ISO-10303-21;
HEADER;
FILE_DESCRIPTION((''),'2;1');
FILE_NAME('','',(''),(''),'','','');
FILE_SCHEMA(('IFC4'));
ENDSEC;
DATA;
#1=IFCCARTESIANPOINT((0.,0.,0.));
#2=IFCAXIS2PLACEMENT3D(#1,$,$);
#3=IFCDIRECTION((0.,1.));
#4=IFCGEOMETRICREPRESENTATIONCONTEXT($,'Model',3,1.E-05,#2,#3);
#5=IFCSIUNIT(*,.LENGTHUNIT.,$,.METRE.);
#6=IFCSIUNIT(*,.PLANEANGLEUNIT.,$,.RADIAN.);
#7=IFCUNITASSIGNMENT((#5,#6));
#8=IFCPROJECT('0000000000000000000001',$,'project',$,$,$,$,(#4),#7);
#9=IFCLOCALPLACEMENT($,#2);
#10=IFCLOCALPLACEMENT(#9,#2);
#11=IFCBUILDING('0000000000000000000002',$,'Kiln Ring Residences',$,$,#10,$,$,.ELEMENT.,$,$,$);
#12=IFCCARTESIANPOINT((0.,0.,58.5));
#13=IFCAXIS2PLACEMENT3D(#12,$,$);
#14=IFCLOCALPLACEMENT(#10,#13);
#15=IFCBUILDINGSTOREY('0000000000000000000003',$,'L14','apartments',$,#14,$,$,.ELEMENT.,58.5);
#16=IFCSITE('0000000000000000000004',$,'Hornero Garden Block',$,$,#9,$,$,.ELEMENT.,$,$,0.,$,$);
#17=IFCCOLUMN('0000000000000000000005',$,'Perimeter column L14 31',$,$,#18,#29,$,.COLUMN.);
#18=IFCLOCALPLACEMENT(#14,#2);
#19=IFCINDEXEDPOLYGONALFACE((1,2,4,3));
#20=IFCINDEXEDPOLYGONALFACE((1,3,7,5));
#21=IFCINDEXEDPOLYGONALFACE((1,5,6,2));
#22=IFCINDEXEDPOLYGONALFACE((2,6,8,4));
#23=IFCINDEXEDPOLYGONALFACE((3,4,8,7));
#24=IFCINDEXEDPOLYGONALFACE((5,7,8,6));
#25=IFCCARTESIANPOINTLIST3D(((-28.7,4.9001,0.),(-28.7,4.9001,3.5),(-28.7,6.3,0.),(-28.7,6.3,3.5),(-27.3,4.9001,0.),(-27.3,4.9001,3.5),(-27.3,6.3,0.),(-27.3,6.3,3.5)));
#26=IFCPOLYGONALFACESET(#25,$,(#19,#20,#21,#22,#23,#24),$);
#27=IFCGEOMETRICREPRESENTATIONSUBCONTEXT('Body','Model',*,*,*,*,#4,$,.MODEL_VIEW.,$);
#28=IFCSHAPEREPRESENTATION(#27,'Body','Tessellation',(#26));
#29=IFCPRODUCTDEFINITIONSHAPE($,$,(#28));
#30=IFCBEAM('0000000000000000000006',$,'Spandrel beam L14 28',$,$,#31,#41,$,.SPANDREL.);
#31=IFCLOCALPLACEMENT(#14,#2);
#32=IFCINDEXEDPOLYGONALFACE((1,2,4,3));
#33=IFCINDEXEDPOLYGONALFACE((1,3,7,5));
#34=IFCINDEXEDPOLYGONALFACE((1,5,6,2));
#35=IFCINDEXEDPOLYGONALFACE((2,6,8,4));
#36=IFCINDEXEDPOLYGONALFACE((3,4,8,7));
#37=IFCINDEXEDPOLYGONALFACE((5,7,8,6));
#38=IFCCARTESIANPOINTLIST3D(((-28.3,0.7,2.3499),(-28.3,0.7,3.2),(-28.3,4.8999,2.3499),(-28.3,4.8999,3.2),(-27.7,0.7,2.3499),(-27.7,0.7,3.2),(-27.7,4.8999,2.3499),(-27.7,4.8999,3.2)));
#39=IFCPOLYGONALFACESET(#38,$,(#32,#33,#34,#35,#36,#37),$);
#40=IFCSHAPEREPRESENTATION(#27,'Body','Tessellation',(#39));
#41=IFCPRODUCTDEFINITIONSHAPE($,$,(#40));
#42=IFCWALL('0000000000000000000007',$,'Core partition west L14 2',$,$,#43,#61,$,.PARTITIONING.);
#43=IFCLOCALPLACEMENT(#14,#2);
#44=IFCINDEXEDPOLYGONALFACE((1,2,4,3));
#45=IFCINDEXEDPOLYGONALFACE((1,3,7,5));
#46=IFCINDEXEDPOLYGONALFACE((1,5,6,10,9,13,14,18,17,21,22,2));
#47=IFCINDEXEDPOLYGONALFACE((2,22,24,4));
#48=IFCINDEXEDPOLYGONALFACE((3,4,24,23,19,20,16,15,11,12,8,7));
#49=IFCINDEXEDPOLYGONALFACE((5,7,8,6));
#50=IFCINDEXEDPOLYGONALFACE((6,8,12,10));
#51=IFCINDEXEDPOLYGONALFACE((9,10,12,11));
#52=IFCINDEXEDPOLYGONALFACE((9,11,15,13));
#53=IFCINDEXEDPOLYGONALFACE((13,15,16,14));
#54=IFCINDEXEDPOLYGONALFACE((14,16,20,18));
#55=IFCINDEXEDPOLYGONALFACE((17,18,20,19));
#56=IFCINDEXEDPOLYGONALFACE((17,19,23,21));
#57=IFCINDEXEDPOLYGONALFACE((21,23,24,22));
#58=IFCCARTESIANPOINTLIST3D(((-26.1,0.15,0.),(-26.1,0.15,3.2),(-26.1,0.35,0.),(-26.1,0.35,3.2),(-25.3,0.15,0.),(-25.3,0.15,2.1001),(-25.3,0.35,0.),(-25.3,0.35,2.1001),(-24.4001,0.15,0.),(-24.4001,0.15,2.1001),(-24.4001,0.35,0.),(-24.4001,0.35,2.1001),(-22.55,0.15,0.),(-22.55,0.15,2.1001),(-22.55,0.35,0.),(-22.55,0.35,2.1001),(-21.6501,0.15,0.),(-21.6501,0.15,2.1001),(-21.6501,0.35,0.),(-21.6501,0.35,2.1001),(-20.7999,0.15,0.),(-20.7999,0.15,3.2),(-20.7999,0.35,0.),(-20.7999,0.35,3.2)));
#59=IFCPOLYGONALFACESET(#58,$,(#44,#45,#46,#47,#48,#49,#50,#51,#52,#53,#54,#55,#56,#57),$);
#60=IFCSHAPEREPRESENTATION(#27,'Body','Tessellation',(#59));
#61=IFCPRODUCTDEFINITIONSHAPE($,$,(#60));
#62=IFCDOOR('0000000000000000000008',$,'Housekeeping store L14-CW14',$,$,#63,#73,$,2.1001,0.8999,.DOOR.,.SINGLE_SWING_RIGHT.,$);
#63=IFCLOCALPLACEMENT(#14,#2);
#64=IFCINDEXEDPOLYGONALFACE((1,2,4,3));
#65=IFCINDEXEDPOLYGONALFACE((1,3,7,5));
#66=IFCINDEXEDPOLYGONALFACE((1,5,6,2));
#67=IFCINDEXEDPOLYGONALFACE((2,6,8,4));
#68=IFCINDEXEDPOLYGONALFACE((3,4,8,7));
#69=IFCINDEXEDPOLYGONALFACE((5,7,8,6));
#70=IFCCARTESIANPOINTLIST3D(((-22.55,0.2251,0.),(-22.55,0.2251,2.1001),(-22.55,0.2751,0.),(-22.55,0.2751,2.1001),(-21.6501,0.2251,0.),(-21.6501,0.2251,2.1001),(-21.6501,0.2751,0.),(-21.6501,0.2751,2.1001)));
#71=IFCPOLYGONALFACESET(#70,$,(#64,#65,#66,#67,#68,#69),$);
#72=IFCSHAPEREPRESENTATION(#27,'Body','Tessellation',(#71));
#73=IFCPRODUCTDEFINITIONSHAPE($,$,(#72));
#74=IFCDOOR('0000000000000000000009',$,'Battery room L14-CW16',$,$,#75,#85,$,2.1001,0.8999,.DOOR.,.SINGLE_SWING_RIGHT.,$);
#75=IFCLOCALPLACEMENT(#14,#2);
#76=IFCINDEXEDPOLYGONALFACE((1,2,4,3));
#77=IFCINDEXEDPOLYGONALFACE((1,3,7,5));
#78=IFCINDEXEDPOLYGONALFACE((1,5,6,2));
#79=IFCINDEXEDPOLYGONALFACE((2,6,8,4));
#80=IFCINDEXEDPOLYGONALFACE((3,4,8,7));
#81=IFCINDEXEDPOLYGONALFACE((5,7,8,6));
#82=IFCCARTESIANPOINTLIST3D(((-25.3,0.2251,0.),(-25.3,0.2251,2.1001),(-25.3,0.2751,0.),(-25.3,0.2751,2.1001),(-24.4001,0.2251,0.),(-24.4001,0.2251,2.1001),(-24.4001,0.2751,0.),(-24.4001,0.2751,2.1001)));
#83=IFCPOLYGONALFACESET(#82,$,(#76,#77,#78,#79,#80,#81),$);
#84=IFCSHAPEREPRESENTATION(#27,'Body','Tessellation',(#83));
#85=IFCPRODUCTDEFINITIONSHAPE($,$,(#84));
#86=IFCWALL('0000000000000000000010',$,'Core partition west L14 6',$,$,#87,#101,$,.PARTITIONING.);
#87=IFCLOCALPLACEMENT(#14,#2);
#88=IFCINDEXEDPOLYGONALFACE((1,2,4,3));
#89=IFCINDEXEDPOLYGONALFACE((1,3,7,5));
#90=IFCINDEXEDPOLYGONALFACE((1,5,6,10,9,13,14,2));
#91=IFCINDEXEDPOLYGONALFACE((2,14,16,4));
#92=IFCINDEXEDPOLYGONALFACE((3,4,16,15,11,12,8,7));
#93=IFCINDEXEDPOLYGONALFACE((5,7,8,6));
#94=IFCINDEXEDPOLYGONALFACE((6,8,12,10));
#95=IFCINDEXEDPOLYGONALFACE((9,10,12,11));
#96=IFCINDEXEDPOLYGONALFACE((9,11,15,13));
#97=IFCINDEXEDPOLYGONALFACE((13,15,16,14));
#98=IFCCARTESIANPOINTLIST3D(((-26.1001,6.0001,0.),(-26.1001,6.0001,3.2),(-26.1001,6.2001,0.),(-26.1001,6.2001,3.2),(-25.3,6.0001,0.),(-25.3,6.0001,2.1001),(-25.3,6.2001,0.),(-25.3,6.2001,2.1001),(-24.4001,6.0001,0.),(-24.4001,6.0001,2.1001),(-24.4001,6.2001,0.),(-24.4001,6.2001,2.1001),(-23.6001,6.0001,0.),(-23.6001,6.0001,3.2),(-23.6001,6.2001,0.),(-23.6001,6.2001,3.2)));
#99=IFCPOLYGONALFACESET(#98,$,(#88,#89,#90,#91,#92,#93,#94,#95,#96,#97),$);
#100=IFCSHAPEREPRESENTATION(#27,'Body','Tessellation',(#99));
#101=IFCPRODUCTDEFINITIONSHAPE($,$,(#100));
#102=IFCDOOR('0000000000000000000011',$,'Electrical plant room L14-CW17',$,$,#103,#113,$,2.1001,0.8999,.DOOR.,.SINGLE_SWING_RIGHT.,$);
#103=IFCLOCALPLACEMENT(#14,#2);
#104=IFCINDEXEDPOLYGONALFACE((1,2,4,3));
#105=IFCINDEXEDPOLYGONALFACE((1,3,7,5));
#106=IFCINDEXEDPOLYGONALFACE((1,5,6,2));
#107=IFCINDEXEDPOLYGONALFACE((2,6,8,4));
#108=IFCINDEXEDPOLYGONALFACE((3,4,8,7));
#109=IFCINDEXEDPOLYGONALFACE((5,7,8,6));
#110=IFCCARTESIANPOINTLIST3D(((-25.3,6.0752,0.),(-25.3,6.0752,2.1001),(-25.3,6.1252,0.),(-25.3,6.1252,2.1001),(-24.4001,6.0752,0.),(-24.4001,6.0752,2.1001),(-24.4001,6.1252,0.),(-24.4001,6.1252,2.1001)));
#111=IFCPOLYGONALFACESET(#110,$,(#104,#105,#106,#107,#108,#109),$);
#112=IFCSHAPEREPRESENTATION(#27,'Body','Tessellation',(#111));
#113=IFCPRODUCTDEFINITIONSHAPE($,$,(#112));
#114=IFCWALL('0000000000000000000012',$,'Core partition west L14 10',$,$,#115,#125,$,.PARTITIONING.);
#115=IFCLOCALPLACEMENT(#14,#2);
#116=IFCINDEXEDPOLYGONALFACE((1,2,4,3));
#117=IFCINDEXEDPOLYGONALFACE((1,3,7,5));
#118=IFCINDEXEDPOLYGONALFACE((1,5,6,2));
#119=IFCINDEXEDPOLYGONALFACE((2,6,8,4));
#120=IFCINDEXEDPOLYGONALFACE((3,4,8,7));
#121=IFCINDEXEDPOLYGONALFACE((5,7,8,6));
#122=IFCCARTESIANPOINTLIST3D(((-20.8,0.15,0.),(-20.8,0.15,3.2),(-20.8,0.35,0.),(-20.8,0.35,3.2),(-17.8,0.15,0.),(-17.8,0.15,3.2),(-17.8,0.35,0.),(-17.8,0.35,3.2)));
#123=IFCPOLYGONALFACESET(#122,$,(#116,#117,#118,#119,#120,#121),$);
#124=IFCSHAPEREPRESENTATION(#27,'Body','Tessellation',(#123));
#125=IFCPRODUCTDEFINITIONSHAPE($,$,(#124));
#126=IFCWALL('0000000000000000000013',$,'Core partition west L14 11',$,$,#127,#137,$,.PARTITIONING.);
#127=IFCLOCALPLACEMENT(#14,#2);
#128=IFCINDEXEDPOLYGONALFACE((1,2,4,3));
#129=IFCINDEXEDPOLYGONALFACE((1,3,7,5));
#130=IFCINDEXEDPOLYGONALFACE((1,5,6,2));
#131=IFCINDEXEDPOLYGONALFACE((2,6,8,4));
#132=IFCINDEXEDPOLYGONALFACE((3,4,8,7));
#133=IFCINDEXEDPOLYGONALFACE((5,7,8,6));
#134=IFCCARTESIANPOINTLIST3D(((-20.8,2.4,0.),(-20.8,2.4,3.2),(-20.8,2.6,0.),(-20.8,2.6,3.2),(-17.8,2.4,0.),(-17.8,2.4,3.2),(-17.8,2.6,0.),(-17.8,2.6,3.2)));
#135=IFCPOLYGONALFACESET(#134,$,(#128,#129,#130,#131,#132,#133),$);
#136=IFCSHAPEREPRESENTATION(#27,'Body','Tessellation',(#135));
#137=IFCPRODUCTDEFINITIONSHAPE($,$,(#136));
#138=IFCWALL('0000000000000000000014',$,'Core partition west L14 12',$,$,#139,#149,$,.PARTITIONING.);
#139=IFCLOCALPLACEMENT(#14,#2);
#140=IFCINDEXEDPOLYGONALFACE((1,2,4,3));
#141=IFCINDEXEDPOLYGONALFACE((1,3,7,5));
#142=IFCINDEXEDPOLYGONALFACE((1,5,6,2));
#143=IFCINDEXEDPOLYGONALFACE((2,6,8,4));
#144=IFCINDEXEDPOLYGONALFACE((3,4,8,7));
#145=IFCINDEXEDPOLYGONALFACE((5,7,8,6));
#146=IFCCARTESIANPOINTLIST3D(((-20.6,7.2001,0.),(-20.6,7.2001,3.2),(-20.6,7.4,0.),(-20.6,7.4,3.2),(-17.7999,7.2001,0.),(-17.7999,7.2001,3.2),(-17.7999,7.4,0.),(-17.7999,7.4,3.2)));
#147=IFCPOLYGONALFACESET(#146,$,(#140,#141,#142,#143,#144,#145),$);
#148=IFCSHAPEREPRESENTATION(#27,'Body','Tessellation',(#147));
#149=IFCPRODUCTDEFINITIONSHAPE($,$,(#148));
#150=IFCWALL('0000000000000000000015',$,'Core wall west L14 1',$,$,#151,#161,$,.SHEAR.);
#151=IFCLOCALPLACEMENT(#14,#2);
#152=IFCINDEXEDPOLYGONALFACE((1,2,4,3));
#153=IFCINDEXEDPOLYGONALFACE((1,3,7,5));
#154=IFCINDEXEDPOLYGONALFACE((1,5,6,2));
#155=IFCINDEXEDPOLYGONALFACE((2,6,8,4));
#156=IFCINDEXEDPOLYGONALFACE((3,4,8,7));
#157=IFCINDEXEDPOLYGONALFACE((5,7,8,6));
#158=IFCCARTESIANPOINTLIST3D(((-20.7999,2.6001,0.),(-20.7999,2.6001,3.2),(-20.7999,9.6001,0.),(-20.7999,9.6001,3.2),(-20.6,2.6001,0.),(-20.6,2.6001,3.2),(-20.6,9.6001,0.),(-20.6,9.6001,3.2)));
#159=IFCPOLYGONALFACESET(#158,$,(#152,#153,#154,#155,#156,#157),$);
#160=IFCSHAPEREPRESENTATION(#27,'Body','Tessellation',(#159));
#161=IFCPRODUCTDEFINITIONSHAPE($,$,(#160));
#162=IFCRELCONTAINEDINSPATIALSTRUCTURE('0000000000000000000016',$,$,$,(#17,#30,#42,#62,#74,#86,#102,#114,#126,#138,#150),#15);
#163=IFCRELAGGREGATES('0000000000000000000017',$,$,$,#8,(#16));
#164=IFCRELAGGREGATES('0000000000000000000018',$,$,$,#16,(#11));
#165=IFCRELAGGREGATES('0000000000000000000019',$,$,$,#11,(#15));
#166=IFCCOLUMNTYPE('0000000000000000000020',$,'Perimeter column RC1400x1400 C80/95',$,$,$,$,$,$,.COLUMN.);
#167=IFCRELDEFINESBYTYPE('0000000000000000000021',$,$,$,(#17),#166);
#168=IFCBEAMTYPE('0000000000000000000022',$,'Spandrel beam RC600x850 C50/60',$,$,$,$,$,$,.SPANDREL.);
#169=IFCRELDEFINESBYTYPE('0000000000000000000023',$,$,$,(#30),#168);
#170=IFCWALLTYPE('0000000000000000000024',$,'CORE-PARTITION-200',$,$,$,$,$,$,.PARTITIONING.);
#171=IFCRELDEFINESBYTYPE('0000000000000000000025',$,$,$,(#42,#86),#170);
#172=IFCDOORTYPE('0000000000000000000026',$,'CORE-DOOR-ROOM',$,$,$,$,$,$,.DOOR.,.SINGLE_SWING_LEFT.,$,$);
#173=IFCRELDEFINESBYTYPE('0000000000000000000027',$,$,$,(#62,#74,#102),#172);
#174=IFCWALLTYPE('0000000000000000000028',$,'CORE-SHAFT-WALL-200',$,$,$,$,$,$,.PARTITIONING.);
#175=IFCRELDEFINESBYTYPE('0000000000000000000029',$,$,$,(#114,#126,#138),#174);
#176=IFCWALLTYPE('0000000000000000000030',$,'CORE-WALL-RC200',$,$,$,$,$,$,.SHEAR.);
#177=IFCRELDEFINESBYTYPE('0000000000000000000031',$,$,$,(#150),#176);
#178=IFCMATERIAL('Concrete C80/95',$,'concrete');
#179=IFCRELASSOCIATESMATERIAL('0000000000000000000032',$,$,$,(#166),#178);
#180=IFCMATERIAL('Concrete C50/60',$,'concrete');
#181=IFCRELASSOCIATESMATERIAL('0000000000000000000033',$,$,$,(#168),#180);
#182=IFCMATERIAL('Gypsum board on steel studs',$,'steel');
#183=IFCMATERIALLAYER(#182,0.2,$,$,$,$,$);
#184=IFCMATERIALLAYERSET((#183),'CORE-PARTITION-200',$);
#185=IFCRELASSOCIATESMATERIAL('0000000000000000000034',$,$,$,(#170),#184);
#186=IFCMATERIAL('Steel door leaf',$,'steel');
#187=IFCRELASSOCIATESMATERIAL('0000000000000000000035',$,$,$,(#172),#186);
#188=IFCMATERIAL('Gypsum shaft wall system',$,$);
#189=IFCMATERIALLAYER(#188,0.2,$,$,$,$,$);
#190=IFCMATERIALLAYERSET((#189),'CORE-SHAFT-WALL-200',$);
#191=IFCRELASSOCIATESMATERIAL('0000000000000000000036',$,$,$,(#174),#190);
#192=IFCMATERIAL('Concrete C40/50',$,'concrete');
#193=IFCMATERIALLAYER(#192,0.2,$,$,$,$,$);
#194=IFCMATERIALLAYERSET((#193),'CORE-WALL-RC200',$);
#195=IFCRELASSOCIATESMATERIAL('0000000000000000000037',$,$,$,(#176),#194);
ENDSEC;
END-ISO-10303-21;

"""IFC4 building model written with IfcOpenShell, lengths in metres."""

from ifc_helpers import new_model, si_unit, direction, frame, frame_2d, origin, origin_2d, place, context, subcontext, project, spatial, rectangle, extrude, material, layer, layer_set, material_profile, profile_set, type_object, element, fill, save


model = new_model("IFC4")

# Units and contexts
model_context = context("Model", 3, precision=1e-05, world=origin(), true_north=direction((0.0, 1.0)))
body_context = subcontext(model_context, "Body", "Model", "MODEL_VIEW")
ifc_project = project(units=[si_unit("LENGTHUNIT", "METRE"), si_unit("PLANEANGLEUNIT", "RADIAN")], contexts=[model_context])

# Site, building, storey
site_placement = place(None, origin())
site = spatial("IfcSite", under=ifc_project, at=site_placement, Name="Hornero Garden Block", CompositionType="ELEMENT", RefElevation=0.0)
building_placement = place(site_placement, origin())
building = spatial("IfcBuilding", under=site, at=building_placement, Name="Kiln Ring Residences", CompositionType="ELEMENT")
storey_placement = place(building_placement, frame((0.0, 0.0, 58.5)))
storey = spatial("IfcBuildingStorey", under=building, at=storey_placement, Name="L14", Description="apartments", CompositionType="ELEMENT", Elevation=58.5)

# Column
ifc_material_1 = material(Name="Concrete C80/95", Category="concrete")
ifc_material_profile_1 = material_profile(ifc_material_1, rectangle(XDim=1.3999, YDim=1.3999, at=origin_2d()), Name="RC1400x1400")
ifc_profile_set_1 = profile_set([ifc_material_profile_1], Name="Concrete C80/95")
column_type = type_object("IfcColumnType", Name="Perimeter column RC1400x1400 C80/95", PredefinedType="COLUMN", material=ifc_profile_set_1)
column_placement = place(storey_placement, frame((-28.0, 5.6001, 0.0), z_axis=(0.0, 0.0, 1.0), x_axis=(1.0, 0.0, 0.0)))
element("IfcColumn", 1, at=column_placement, inside=storey, type_object=column_type, Name="Perimeter column L14 31", PredefinedType="COLUMN", context=body_context, shape_type="SweptSolid", body=[
    extrude(rectangle(XDim=1.3999, YDim=1.3999, at=origin_2d()), origin(), (0.0, 0.0, 1.0), 3.5),
])

# Beam
ifc_material_2 = material(Name="Concrete C50/60", Category="concrete")
ifc_material_profile_2 = material_profile(ifc_material_2, rectangle(XDim=0.6001, YDim=0.8501, at=origin_2d()), Name="RC600x850")
ifc_profile_set_2 = profile_set([ifc_material_profile_2], Name="Concrete C50/60")
beam_type = type_object("IfcBeamType", Name="Spandrel beam RC600x850 C50/60", PredefinedType="SPANDREL", material=ifc_profile_set_2)
beam_placement = place(storey_placement, frame((-28.0, 4.8999, 2.7749), z_axis=(0.0, -1.0, 0.0), x_axis=(1.0, 0.0, 0.0)))
element("IfcBeam", 2, at=beam_placement, inside=storey, type_object=beam_type, Name="Spandrel beam L14 28", PredefinedType="SPANDREL", context=body_context, shape_type="SweptSolid", body=[
    extrude(rectangle(XDim=0.6001, YDim=0.8501, at=origin_2d()), origin(), (0.0, 0.0, 1.0), 4.2),
])

# Wall, openings, doors
ifc_material_3 = material(Name="Gypsum board on steel studs", Category="steel")
ifc_layer_1 = layer(ifc_material_3, 0.2)
ifc_layer_set_1 = layer_set([ifc_layer_1], Name="CORE-PARTITION-200")
wall_type_1 = type_object("IfcWallType", Name="CORE-PARTITION-200", PredefinedType="PARTITIONING", material=ifc_layer_set_1)
wall_1_placement = place(storey_placement, frame((-20.8, 0.25, 0.0), z_axis=(0.0, 0.0, 1.0), x_axis=(-1.0, 0.0, 0.0)))
wall_1 = element("IfcWall", 3, at=wall_1_placement, inside=storey, type_object=wall_type_1, Name="Core partition west L14 2", PredefinedType="PARTITIONING", context=body_context, shape_type="SweptSolid", body=[
    extrude(rectangle(XDim=5.3, YDim=0.2, at=frame_2d((2.6499, 0.0))), origin(), (0.0, 0.0, 1.0), 3.2),
])
opening_1_placement = place(wall_1_placement, frame((0.8501, 0.0, 0.0)))
opening_1 = element("IfcOpeningElement", 4, at=opening_1_placement, cuts=wall_1, PredefinedType="OPENING", context=body_context, shape_type="SweptSolid", body=[
    extrude(rectangle(XDim=0.8999, YDim=2.1001, at=frame_2d((0.45, 1.05))), frame((0.0, 0.1099, 0.0), z_axis=(0.0, -1.0, 0.0), x_axis=(1.0, 0.0, 0.0)), (0.0, 0.0, 1.0), 0.22),
])
opening_2_placement = place(wall_1_placement, frame((3.6001, 0.0, 0.0)))
opening_2 = element("IfcOpeningElement", 5, at=opening_2_placement, cuts=wall_1, PredefinedType="OPENING", context=body_context, shape_type="SweptSolid", body=[
    extrude(rectangle(XDim=0.8999, YDim=2.1001, at=frame_2d((0.45, 1.05))), frame((0.0, 0.1099, 0.0), z_axis=(0.0, -1.0, 0.0), x_axis=(1.0, 0.0, 0.0)), (0.0, 0.0, 1.0), 0.22),
])
ifc_material_4 = material(Name="Steel door leaf", Category="steel")
door_type_1 = type_object("IfcDoorType", Name="CORE-DOOR-ROOM", OperationType="SINGLE_SWING_LEFT", PredefinedType="DOOR", material=ifc_material_4)
door_1_placement = place(opening_1_placement, origin())
door_1 = element("IfcDoor", 6, at=door_1_placement, inside=storey, type_object=door_type_1, Name="Housekeeping store L14-CW14", OperationType="SINGLE_SWING_RIGHT", OverallHeight=2.1001, OverallWidth=0.8999, PredefinedType="DOOR", context=body_context, shape_type="SweptSolid", body=[
    extrude(rectangle(XDim=0.8999, YDim=2.1001, at=frame_2d((0.45, 1.05))), frame((0.0, 0.0249, 0.0), z_axis=(0.0, -1.0, 0.0), x_axis=(1.0, 0.0, 0.0)), (0.0, 0.0, 1.0), 0.05),
])
fill(opening_1, door_1)
door_2_placement = place(opening_2_placement, origin())
door_2 = element("IfcDoor", 7, at=door_2_placement, inside=storey, type_object=door_type_1, Name="Battery room L14-CW16", OperationType="SINGLE_SWING_RIGHT", OverallHeight=2.1001, OverallWidth=0.8999, PredefinedType="DOOR", context=body_context, shape_type="SweptSolid", body=[
    extrude(rectangle(XDim=0.8999, YDim=2.1001, at=frame_2d((0.45, 1.05))), frame((0.0, 0.0249, 0.0), z_axis=(0.0, -1.0, 0.0), x_axis=(1.0, 0.0, 0.0)), (0.0, 0.0, 1.0), 0.05),
])
fill(opening_2, door_2)

# Wall, opening, door
wall_2_placement = place(storey_placement, frame((-23.6001, 6.1001, 0.0), z_axis=(0.0, 0.0, 1.0), x_axis=(-1.0, 0.0, 0.0)))
wall_2 = element("IfcWall", 8, at=wall_2_placement, inside=storey, type_object=wall_type_1, Name="Core partition west L14 6", PredefinedType="PARTITIONING", context=body_context, shape_type="SweptSolid", body=[
    extrude(rectangle(XDim=2.5, YDim=0.2, at=frame_2d((1.25, 0.0))), origin(), (0.0, 0.0, 1.0), 3.2),
])
opening_3_placement = place(wall_2_placement, frame((0.8, 0.0, 0.0)))
opening_3 = element("IfcOpeningElement", 9, at=opening_3_placement, cuts=wall_2, PredefinedType="OPENING", context=body_context, shape_type="SweptSolid", body=[
    extrude(rectangle(XDim=0.8999, YDim=2.1001, at=frame_2d((0.45, 1.05))), frame((0.0, 0.1099, 0.0), z_axis=(0.0, -1.0, 0.0), x_axis=(1.0, 0.0, 0.0)), (0.0, 0.0, 1.0), 0.22),
])
door_3_placement = place(opening_3_placement, origin())
door_3 = element("IfcDoor", 10, at=door_3_placement, inside=storey, type_object=door_type_1, Name="Electrical plant room L14-CW17", OperationType="SINGLE_SWING_RIGHT", OverallHeight=2.1001, OverallWidth=0.8999, PredefinedType="DOOR", context=body_context, shape_type="SweptSolid", body=[
    extrude(rectangle(XDim=0.8999, YDim=2.1001, at=frame_2d((0.45, 1.05))), frame((0.0, 0.0249, 0.0), z_axis=(0.0, -1.0, 0.0), x_axis=(1.0, 0.0, 0.0)), (0.0, 0.0, 1.0), 0.05),
])
fill(opening_3, door_3)

# Walls
ifc_material_5 = material(Name="Gypsum shaft wall system")
ifc_layer_2 = layer(ifc_material_5, 0.2)
ifc_layer_set_2 = layer_set([ifc_layer_2], Name="CORE-SHAFT-WALL-200")
wall_type_2 = type_object("IfcWallType", Name="CORE-SHAFT-WALL-200", PredefinedType="PARTITIONING", material=ifc_layer_set_2)
for number, where, z_axis, x_axis, name in (
    (11, (-17.8, 0.25, 0.0), (0.0, 0.0, 1.0), (-1.0, 0.0, 0.0), "Core partition west L14 10"),
    (12, (-17.8, 2.5, 0.0), (0.0, 0.0, 1.0), (-1.0, 0.0, 0.0), "Core partition west L14 11"),
):
    element("IfcWall", number, at=place(storey_placement, frame(where, z_axis=z_axis, x_axis=x_axis)), inside=storey, type_object=wall_type_2, Name=name, PredefinedType="PARTITIONING", context=body_context, shape_type="SweptSolid", body=[
        extrude(rectangle(XDim=3.0, YDim=0.2, at=frame_2d((1.5, 0.0))), origin(), (0.0, 0.0, 1.0), 3.2),
    ])
wall_3_placement = place(storey_placement, frame((-17.8, 7.3, 0.0), z_axis=(0.0, 0.0, 1.0), x_axis=(-1.0, 0.0, 0.0)))
element("IfcWall", 13, at=wall_3_placement, inside=storey, type_object=wall_type_2, Name="Core partition west L14 12", PredefinedType="PARTITIONING", context=body_context, shape_type="SweptSolid", body=[
    extrude(rectangle(XDim=2.8, YDim=0.2, at=frame_2d((1.3999, 0.0))), origin(), (0.0, 0.0, 1.0), 3.2),
])
ifc_material_6 = material(Name="Concrete C40/50", Category="concrete")
ifc_layer_3 = layer(ifc_material_6, 0.2)
ifc_layer_set_3 = layer_set([ifc_layer_3], Name="CORE-WALL-RC200")
wall_type_3 = type_object("IfcWallType", Name="CORE-WALL-RC200", PredefinedType="SHEAR", material=ifc_layer_set_3)
wall_4_placement = place(storey_placement, frame((-20.7, 2.6001, 0.0), z_axis=(0.0, 0.0, 1.0), x_axis=(0.0, 1.0, 0.0)))
element("IfcWall", 14, at=wall_4_placement, inside=storey, type_object=wall_type_3, Name="Core wall west L14 1", PredefinedType="SHEAR", context=body_context, shape_type="SweptSolid", body=[
    extrude(rectangle(XDim=7.0, YDim=0.2, at=frame_2d((3.5, 0.0))), origin(), (0.0, 0.0, 1.0), 3.2),
])

save(model, "model.ifc")
